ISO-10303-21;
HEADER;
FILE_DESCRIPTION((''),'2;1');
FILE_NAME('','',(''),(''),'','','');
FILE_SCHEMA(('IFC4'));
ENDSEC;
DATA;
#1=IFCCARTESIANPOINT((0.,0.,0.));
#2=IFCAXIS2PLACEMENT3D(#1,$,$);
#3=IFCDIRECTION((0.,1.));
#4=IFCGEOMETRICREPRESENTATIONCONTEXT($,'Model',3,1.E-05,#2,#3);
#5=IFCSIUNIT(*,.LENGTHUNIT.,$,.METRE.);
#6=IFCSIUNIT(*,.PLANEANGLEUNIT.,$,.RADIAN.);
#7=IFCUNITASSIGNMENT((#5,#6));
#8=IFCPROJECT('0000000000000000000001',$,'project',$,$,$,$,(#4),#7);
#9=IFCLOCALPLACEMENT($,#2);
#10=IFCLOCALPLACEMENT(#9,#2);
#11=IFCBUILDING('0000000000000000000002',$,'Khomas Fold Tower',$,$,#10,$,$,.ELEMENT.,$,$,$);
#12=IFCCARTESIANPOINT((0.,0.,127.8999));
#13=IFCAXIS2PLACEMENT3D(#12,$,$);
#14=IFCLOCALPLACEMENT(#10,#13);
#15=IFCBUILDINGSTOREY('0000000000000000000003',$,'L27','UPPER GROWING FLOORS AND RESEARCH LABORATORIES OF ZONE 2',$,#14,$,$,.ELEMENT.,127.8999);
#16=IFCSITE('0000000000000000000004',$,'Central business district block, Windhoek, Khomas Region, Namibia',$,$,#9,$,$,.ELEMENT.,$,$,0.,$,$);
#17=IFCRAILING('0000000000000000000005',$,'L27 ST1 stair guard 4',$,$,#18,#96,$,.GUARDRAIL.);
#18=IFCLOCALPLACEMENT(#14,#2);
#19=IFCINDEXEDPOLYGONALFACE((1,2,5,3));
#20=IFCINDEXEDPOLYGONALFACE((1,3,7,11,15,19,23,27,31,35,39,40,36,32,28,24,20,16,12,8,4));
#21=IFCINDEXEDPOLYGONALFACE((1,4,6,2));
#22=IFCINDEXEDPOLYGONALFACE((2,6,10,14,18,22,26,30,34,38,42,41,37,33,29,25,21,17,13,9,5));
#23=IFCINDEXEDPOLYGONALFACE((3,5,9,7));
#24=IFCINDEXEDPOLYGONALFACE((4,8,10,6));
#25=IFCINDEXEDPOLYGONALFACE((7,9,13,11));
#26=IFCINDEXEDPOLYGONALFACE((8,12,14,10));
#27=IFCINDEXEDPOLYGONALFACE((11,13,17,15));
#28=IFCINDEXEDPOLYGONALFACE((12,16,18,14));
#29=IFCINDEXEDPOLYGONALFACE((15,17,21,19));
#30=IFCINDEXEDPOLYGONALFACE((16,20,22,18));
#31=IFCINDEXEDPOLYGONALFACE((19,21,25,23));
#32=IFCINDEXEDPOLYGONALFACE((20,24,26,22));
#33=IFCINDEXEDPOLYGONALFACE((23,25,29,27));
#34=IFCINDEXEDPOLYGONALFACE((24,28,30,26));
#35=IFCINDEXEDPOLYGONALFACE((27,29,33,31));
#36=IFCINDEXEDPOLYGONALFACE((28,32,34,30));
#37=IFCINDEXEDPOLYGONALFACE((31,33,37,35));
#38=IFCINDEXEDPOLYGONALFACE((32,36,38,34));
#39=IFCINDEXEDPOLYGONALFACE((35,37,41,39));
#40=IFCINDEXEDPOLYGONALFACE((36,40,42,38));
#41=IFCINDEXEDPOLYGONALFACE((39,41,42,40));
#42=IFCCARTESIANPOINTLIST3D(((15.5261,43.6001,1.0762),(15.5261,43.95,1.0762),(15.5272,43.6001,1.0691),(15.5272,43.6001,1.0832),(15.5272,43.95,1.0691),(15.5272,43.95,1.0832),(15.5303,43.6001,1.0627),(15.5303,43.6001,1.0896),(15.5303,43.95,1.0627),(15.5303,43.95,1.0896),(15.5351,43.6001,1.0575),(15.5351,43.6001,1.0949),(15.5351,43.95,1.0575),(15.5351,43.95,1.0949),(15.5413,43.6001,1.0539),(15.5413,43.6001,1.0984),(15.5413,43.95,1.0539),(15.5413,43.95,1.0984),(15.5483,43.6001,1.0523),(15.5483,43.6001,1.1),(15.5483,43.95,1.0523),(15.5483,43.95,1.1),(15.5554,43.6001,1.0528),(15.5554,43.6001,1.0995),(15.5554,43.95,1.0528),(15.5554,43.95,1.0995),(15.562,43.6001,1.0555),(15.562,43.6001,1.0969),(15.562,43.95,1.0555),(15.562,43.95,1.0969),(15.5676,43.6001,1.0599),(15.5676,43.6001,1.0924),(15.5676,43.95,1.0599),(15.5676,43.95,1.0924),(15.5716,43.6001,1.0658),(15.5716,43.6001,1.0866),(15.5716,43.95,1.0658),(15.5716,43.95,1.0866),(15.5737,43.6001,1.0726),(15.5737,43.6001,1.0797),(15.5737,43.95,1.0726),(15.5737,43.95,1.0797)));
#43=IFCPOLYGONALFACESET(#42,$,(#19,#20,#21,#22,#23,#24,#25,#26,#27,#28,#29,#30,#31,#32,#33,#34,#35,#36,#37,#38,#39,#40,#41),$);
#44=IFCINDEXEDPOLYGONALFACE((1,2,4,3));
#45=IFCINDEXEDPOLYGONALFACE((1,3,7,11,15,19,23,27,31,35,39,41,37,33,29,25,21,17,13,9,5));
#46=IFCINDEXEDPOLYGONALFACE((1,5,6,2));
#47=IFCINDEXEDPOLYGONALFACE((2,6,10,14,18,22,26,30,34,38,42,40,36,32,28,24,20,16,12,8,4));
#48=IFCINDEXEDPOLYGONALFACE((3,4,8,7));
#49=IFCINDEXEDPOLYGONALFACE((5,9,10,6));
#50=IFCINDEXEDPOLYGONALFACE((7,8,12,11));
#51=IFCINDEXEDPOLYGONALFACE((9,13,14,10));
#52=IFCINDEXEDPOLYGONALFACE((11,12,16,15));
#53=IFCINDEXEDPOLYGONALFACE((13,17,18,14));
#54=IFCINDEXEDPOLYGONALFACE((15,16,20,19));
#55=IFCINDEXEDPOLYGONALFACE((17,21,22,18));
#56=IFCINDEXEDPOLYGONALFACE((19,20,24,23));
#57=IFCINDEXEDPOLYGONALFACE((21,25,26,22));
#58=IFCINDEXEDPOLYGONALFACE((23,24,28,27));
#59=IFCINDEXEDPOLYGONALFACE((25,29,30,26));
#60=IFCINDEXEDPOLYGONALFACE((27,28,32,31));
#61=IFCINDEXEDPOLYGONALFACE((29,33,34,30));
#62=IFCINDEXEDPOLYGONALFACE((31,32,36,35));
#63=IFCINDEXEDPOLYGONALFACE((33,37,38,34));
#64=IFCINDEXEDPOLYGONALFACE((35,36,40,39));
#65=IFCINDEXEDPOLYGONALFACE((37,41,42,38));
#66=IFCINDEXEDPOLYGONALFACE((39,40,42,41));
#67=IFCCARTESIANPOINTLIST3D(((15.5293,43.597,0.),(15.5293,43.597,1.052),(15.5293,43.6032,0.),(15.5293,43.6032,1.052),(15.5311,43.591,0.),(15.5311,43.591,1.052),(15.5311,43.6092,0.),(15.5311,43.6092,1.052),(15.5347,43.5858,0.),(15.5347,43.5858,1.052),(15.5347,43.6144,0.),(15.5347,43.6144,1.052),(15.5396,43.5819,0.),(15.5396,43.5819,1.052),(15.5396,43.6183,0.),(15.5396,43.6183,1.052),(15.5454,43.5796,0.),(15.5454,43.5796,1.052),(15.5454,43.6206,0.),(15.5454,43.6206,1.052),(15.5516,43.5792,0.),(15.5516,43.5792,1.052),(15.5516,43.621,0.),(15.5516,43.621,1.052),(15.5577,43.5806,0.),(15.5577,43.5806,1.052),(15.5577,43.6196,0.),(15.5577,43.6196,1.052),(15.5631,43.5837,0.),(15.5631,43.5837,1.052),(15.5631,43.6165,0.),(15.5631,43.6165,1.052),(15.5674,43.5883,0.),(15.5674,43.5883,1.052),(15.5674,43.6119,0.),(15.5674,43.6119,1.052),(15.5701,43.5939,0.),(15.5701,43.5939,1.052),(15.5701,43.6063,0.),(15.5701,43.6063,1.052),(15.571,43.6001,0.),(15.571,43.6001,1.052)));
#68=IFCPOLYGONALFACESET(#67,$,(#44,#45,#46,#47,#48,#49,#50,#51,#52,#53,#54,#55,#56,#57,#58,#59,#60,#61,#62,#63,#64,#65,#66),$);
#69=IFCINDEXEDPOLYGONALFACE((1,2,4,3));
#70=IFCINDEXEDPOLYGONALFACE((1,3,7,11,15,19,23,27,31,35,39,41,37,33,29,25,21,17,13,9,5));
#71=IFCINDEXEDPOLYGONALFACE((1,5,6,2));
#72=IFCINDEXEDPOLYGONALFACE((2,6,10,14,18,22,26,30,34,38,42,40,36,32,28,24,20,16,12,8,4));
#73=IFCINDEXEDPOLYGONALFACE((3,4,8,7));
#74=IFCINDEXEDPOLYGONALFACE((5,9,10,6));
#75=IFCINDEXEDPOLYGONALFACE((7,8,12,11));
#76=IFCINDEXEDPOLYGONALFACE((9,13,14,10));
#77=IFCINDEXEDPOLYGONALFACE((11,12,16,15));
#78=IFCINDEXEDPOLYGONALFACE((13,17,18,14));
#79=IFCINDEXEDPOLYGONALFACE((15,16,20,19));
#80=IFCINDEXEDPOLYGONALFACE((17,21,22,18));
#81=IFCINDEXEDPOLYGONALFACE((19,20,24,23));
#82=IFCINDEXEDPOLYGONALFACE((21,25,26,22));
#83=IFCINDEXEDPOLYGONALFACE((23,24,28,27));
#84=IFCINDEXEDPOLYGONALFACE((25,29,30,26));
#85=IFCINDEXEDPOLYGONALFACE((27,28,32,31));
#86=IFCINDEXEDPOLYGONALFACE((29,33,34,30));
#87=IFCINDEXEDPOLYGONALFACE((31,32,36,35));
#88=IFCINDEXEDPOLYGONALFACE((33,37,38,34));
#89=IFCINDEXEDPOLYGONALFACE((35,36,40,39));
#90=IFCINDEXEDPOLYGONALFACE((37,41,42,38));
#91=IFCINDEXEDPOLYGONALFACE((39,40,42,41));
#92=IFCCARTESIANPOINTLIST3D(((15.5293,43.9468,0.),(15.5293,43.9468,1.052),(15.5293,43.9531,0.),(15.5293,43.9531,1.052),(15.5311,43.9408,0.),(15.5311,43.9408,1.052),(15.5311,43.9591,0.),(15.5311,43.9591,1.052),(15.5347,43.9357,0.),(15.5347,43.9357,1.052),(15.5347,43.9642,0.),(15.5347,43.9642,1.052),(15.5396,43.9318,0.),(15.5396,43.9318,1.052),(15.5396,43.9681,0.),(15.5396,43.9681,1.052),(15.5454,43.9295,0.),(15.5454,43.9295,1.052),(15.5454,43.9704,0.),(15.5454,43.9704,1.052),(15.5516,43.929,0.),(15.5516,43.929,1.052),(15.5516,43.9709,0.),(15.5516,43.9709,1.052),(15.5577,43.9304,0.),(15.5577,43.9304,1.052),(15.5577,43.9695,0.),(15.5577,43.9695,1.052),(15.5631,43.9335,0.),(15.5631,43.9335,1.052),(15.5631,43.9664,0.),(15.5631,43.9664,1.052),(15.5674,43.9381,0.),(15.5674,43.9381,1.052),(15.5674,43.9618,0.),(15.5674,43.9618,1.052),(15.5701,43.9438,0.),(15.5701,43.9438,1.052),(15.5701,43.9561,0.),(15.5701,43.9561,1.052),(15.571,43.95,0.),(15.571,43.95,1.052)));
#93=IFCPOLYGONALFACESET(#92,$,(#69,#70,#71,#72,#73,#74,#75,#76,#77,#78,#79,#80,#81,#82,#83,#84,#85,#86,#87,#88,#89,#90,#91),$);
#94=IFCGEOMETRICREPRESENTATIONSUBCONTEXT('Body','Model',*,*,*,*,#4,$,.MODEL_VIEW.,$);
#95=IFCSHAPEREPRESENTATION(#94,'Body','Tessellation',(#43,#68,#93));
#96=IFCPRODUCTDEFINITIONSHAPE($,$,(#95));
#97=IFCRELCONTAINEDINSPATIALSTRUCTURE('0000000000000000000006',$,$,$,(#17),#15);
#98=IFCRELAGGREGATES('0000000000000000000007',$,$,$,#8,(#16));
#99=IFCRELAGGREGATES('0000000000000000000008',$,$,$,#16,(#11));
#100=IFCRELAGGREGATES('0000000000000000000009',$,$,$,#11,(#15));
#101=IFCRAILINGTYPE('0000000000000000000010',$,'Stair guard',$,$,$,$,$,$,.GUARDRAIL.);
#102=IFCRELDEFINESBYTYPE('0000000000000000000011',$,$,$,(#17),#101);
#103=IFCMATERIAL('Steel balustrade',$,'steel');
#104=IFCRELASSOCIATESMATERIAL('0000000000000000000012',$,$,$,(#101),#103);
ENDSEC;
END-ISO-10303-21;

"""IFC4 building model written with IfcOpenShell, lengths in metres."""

from ifc_helpers import new_model, si_unit, direction, frame, origin, origin_2d, place, context, subcontext, project, spatial, circle, extrude, source, transform, mapped, material, type_object, element, save


model = new_model("IFC4")

# Units and contexts
model_context = context("Model", 3, precision=1e-05, world=origin(), true_north=direction((0.0, 1.0)))
body_context = subcontext(model_context, "Body", "Model", "MODEL_VIEW")
ifc_project = project(units=[si_unit("LENGTHUNIT", "METRE"), si_unit("PLANEANGLEUNIT", "RADIAN")], contexts=[model_context])

# Site, building, storey
site_placement = place(None, origin())
site = spatial("IfcSite", under=ifc_project, at=site_placement, Name="Central business district block, Windhoek, Khomas Region, Namibia", CompositionType="ELEMENT", RefElevation=0.0)
building_placement = place(site_placement, origin())
building = spatial("IfcBuilding", under=site, at=building_placement, Name="Khomas Fold Tower", CompositionType="ELEMENT")
storey_placement = place(building_placement, frame((0.0, 0.0, 127.8999)))
storey = spatial("IfcBuildingStorey", under=building, at=storey_placement, Name="L27", Description="UPPER GROWING FLOORS AND RESEARCH LABORATORIES OF ZONE 2", CompositionType="ELEMENT", Elevation=127.8999)

# Railing
ifc_material_1 = material(Name="Steel balustrade", Category="steel")
railing_type_1 = type_object("IfcRailingType", Name="Stair guard", PredefinedType="GUARDRAIL", material=ifc_material_1)
shared_shape_1 = source(origin(), body_context, "Body", "SweptSolid", [
    extrude(circle(Radius=0.0239, at=origin_2d()), frame((0.0, 0.0, 1.0762), z_axis=(0.0, 1.0, 0.0), x_axis=(-1.0, 0.0, 0.0)), (0.0, 0.0, 1.0), 0.3499),
    extrude(circle(Radius=0.021, at=origin_2d()), origin(), (0.0, 0.0, 1.0), 1.052),
    extrude(circle(Radius=0.021, at=origin_2d()), frame((0.0, 0.3499, 0.0)), (0.0, 0.0, 1.0), 1.052),
])
for number, where, name in (
    (1, (15.55, 43.6001, 0.0), "L27 ST1 stair guard 4"),
):
    element("IfcRailing", number, at=place(storey_placement, frame(where)), inside=storey, type_object=railing_type_1, Name=name, PredefinedType="GUARDRAIL", context=body_context, shape_type="MappedRepresentation", body=[
        mapped(shared_shape_1, transform((0.0, 0.0, 0.0))),
    ])

save(model, "model.ifc")
